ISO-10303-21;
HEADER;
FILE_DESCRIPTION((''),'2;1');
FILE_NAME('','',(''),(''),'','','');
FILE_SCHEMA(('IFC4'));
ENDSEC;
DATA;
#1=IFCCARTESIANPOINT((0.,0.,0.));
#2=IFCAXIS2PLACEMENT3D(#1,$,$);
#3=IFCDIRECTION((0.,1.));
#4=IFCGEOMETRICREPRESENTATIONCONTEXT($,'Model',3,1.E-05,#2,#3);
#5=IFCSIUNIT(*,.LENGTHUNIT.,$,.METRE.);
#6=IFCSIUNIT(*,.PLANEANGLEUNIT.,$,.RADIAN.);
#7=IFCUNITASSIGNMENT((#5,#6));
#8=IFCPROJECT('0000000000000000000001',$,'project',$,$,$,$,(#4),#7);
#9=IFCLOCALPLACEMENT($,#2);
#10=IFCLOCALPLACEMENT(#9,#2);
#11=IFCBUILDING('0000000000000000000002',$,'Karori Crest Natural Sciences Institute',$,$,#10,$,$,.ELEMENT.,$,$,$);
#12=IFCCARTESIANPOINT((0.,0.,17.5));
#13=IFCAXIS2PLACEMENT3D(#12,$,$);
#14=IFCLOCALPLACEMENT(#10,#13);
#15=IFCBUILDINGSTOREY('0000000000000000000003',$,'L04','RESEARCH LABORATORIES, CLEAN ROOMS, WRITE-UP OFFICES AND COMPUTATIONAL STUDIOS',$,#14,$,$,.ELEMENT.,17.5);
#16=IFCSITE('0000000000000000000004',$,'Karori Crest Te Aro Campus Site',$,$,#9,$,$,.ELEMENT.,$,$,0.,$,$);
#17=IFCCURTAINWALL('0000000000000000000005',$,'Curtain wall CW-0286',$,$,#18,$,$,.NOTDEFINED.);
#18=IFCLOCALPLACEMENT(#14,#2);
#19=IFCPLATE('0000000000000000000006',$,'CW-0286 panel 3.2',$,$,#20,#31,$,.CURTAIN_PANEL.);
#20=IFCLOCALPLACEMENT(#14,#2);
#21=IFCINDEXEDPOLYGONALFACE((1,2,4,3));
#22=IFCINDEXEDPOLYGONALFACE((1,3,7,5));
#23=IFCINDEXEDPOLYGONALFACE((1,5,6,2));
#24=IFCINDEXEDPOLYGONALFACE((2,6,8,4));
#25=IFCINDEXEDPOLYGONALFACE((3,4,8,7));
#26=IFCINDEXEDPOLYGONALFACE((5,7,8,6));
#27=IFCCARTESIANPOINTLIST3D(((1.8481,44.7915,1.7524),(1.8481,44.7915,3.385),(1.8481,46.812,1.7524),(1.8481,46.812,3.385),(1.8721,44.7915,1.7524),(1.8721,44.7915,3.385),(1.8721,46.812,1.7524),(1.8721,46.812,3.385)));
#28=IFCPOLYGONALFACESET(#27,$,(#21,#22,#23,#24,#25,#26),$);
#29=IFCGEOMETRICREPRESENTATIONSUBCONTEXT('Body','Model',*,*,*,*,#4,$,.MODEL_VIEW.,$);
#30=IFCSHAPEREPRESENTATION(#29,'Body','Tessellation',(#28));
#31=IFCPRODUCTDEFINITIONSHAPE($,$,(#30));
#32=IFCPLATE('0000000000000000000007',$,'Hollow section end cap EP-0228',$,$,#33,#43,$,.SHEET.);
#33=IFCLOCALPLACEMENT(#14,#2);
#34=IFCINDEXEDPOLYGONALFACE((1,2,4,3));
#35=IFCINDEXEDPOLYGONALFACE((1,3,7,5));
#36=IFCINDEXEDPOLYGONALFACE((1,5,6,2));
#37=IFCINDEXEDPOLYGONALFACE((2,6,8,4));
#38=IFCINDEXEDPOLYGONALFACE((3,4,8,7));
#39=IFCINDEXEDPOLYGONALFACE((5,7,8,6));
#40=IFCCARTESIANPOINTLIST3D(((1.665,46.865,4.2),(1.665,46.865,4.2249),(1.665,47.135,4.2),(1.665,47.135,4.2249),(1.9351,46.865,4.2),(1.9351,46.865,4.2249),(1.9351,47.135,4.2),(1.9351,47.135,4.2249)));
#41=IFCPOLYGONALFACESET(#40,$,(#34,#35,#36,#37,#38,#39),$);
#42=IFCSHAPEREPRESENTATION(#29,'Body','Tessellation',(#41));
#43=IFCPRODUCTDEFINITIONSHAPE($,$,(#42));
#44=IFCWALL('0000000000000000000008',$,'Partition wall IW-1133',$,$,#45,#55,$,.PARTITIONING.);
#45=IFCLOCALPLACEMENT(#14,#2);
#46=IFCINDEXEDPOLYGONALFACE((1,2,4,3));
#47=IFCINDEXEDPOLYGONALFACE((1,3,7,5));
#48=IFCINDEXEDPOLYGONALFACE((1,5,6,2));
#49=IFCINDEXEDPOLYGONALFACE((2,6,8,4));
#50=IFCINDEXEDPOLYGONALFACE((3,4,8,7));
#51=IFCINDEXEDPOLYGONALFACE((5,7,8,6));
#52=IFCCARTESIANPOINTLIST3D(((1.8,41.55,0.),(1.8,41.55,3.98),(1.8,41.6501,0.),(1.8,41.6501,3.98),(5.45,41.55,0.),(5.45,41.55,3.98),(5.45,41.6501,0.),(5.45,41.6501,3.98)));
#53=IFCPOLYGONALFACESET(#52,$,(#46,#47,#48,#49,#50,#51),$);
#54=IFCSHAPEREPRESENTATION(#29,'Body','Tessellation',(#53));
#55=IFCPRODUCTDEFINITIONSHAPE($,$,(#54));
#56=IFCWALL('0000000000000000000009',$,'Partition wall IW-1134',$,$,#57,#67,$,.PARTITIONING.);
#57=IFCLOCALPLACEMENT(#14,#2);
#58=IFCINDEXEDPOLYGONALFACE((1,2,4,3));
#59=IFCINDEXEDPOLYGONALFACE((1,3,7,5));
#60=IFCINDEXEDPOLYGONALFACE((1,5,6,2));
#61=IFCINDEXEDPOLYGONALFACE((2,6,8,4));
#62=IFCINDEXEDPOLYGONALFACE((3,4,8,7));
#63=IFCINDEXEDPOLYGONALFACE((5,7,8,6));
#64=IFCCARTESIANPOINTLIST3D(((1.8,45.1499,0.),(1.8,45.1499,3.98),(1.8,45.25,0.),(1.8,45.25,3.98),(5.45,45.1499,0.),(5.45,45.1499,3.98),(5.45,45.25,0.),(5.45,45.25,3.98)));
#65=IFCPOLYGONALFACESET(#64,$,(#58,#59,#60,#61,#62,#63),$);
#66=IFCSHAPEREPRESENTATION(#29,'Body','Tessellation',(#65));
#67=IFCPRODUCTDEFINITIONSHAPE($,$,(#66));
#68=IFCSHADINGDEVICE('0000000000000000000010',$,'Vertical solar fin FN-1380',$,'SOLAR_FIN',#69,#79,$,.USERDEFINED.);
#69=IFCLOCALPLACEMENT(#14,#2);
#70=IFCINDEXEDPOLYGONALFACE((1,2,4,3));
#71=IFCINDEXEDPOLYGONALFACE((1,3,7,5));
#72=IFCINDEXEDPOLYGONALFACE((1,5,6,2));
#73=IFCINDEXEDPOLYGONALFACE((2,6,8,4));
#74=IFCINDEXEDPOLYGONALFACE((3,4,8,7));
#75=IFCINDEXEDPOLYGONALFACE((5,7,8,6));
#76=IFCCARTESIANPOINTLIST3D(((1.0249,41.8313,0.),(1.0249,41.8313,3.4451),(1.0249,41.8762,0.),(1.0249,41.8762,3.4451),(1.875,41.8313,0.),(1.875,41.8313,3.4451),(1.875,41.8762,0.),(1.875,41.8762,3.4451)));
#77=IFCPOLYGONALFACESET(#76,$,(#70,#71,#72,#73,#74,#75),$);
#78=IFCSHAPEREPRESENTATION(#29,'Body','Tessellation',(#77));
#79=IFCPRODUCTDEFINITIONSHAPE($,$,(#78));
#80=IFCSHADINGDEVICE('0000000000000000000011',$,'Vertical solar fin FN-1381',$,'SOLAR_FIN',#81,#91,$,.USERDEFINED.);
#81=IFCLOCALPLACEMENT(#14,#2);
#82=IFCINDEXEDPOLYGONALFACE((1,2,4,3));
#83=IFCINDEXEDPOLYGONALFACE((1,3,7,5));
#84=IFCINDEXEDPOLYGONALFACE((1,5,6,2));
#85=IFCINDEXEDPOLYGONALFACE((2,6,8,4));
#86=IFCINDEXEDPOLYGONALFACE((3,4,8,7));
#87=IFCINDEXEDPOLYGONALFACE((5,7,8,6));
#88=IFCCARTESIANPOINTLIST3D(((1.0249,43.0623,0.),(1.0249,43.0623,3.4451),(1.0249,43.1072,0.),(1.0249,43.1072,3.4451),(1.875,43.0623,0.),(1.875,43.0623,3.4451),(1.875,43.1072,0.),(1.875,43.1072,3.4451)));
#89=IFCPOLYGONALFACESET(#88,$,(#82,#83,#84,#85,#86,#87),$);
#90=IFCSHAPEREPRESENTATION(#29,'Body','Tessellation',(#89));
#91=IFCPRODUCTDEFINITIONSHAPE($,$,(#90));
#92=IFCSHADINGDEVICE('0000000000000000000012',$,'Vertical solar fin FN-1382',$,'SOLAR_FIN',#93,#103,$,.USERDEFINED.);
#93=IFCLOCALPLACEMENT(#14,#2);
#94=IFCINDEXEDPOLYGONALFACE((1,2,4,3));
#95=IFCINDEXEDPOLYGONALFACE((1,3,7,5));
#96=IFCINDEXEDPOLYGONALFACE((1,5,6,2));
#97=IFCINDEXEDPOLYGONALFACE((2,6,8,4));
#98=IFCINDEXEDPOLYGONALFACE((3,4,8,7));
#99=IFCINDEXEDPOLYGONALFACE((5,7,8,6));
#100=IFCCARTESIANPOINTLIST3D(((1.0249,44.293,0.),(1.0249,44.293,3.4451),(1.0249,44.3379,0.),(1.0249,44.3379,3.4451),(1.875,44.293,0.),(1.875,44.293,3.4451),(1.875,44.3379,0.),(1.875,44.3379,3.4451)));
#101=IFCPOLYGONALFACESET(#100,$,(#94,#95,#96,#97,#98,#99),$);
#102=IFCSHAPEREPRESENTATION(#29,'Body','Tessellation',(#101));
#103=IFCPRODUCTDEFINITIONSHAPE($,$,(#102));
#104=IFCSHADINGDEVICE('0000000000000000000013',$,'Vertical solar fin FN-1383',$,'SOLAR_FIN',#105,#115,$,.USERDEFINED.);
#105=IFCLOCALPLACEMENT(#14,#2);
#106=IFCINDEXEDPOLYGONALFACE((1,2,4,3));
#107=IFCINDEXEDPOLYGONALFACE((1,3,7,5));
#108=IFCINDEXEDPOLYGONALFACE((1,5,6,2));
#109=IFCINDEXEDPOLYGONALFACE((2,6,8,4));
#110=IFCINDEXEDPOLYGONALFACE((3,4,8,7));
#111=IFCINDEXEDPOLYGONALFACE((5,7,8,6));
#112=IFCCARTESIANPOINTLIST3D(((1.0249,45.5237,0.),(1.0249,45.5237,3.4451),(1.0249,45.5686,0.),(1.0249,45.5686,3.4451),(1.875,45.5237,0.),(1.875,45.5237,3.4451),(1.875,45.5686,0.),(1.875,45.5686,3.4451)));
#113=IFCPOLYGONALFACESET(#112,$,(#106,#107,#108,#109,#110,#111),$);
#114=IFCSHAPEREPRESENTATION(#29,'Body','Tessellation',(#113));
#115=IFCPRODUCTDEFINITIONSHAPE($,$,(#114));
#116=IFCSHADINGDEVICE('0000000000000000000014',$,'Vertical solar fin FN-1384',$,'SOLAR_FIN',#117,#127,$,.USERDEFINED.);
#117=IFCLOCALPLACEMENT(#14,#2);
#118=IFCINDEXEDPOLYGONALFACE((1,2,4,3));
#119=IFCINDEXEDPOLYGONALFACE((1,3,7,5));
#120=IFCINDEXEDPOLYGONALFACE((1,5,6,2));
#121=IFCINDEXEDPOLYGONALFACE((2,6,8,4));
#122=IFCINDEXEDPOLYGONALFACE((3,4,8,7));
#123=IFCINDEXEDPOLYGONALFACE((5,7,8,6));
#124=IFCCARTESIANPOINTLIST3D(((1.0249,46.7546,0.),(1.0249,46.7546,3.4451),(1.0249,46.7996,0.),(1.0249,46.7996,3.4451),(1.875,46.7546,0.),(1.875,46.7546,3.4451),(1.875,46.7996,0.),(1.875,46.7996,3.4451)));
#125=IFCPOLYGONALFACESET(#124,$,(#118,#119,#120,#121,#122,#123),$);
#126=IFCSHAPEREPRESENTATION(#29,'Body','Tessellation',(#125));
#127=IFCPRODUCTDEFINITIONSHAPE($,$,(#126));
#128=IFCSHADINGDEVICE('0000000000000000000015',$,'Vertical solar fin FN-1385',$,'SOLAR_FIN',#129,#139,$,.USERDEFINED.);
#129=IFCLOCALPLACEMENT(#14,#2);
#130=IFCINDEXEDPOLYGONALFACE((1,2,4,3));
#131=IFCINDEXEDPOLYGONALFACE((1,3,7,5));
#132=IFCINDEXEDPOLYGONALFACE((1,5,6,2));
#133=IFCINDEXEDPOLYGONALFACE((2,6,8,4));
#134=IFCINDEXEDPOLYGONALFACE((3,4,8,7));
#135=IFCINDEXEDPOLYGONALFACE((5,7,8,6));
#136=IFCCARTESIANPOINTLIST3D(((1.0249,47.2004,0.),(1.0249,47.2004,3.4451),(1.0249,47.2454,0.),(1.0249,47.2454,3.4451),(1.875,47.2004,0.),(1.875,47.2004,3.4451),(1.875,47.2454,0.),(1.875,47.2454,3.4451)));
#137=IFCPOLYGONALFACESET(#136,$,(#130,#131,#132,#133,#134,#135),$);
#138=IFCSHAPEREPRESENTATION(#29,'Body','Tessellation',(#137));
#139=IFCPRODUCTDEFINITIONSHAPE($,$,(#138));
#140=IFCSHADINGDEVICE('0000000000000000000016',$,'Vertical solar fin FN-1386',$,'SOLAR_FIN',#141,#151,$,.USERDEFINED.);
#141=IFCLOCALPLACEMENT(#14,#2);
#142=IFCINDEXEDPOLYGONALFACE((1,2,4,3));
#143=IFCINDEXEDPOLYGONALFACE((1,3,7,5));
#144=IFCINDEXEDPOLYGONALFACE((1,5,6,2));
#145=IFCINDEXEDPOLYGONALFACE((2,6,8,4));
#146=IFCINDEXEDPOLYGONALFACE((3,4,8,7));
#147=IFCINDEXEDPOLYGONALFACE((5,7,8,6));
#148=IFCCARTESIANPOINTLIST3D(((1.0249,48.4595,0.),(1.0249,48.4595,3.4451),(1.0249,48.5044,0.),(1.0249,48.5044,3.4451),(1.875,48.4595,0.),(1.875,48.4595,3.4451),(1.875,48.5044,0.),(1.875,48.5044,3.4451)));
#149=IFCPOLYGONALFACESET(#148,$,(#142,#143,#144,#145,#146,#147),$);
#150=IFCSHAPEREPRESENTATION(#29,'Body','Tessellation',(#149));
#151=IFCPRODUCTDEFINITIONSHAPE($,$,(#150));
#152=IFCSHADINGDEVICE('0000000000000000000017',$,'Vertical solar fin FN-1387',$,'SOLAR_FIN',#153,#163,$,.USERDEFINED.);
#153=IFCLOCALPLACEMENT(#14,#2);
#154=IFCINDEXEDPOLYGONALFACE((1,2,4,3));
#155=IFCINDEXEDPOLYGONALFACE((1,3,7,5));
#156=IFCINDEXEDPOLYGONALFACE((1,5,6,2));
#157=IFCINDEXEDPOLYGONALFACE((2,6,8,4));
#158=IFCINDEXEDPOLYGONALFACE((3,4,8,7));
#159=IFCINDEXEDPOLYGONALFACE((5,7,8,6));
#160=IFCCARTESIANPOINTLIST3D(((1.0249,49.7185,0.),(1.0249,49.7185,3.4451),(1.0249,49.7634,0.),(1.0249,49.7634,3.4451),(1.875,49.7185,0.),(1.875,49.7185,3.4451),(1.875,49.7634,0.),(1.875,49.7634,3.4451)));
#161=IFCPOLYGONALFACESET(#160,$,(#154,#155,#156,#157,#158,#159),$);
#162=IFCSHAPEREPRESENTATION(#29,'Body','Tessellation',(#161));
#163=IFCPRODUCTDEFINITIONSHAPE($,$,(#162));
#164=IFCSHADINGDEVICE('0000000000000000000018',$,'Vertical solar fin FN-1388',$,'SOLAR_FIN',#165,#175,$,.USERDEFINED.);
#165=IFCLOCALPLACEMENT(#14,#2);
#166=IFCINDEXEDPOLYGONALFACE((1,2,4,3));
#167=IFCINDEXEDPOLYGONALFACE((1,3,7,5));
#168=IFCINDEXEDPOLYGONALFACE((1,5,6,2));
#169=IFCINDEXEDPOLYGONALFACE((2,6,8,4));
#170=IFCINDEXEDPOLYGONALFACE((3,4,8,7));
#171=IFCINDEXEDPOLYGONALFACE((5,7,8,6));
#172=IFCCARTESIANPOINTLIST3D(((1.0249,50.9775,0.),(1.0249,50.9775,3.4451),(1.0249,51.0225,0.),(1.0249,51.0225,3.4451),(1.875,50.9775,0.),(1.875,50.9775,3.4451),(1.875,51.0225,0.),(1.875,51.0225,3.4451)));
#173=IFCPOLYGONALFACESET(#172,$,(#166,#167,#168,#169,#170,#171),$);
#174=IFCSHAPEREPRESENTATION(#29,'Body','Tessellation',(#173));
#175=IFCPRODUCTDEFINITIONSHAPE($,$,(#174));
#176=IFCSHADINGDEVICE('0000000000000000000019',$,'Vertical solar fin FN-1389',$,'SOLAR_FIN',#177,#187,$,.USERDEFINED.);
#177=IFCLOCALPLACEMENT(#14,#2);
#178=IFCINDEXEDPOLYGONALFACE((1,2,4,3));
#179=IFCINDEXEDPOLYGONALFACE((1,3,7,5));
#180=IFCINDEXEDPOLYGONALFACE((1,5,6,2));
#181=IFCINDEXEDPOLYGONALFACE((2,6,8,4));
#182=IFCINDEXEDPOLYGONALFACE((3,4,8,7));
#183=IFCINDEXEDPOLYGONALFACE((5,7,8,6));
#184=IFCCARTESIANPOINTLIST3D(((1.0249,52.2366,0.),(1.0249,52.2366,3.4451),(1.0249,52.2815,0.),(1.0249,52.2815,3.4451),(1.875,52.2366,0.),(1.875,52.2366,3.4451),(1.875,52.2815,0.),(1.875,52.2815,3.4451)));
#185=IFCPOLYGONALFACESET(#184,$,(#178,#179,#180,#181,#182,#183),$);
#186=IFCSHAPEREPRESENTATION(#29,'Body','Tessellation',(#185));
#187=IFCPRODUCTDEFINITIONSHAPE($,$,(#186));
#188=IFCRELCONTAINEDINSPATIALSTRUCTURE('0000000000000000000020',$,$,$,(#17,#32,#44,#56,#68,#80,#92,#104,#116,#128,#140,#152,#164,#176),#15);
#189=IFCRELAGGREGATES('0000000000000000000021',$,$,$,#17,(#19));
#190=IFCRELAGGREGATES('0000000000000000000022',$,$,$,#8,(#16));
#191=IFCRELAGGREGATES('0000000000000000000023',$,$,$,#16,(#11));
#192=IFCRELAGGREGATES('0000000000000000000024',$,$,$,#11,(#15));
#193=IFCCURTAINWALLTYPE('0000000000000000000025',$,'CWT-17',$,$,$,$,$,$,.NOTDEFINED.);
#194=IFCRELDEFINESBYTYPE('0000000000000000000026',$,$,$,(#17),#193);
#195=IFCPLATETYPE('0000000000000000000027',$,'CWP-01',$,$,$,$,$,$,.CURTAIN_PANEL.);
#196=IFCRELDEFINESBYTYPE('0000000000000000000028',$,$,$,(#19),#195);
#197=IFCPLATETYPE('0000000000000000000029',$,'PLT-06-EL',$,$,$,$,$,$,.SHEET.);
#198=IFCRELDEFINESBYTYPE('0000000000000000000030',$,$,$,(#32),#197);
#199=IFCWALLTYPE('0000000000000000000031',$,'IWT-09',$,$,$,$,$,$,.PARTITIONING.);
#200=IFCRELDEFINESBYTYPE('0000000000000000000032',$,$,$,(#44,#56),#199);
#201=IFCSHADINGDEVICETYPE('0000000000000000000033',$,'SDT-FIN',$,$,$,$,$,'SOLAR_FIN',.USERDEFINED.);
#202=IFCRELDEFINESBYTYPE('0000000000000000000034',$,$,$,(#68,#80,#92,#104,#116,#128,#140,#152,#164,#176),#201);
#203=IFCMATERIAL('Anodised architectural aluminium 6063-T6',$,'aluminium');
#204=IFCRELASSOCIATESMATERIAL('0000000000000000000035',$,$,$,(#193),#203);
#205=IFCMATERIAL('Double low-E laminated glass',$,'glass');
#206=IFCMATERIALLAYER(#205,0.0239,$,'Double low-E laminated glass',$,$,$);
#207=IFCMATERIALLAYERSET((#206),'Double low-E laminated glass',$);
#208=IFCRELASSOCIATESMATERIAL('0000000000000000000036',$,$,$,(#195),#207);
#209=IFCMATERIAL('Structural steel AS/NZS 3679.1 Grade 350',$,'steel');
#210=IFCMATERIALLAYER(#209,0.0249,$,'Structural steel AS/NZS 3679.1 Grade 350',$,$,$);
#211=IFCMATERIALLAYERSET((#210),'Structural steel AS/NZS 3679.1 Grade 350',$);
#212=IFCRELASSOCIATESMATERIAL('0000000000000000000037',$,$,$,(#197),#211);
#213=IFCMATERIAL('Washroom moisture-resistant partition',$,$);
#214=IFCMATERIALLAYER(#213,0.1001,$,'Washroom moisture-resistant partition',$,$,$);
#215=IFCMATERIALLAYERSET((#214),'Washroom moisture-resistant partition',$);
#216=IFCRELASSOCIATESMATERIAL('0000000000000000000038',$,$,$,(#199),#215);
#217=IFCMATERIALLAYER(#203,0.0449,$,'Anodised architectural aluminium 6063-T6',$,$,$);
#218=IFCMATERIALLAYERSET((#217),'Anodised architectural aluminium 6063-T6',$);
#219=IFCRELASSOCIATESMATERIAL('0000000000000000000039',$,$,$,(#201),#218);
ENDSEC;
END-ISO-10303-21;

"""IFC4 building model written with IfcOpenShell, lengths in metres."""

from ifc_helpers import new_model, si_unit, direction, frame, frame_2d, origin, origin_2d, place, context, subcontext, project, spatial, rectangle, extrude, material, layer, layer_set, type_object, element, aggregate, save


model = new_model("IFC4")

# Units and contexts
model_context = context("Model", 3, precision=1e-05, world=origin(), true_north=direction((0.0, 1.0)))
body_context = subcontext(model_context, "Body", "Model", "MODEL_VIEW")
ifc_project = project(units=[si_unit("LENGTHUNIT", "METRE"), si_unit("PLANEANGLEUNIT", "RADIAN")], contexts=[model_context])

# Site, building, storey
site_placement = place(None, origin())
site = spatial("IfcSite", under=ifc_project, at=site_placement, Name="Karori Crest Te Aro Campus Site", CompositionType="ELEMENT", RefElevation=0.0)
building_placement = place(site_placement, origin())
building = spatial("IfcBuilding", under=site, at=building_placement, Name="Karori Crest Natural Sciences Institute", CompositionType="ELEMENT")
storey_placement = place(building_placement, frame((0.0, 0.0, 17.5)))
storey = spatial("IfcBuildingStorey", under=building, at=storey_placement, Name="L04", Description="RESEARCH LABORATORIES, CLEAN ROOMS, WRITE-UP OFFICES AND COMPUTATIONAL STUDIOS", CompositionType="ELEMENT", Elevation=17.5)

# Shared definitions
ifc_material_1 = material(Name="Structural steel AS/NZS 3679.1 Grade 350", Category="steel")

# Curtain wall
ifc_material_2 = material(Name="Anodised architectural aluminium 6063-T6", Category="aluminium")
curtain_wall_type = type_object("IfcCurtainWallType", Name="CWT-17", PredefinedType="NOTDEFINED", material=ifc_material_2)
curtain_wall_1_placement = place(storey_placement, origin())
curtain_wall_1 = element("IfcCurtainWall", 1, at=curtain_wall_1_placement, inside=storey, type_object=curtain_wall_type, Name="Curtain wall CW-0286", PredefinedType="NOTDEFINED")

# Plates
ifc_material_3 = material(Name="Double low-E laminated glass", Category="glass")
ifc_layer_1 = layer(ifc_material_3, 0.0239, Name="Double low-E laminated glass")
ifc_layer_set_1 = layer_set([ifc_layer_1], Name="Double low-E laminated glass")
plate_type_1 = type_object("IfcPlateType", Name="CWP-01", PredefinedType="CURTAIN_PANEL", material=ifc_layer_set_1)
plate_1_placement = place(storey_placement, frame((1.8601, 45.8018, 1.7524), z_axis=(0.0, 0.0, 1.0), x_axis=(0.0, 1.0, 0.0)))
plate_1 = element("IfcPlate", 2, at=plate_1_placement, type_object=plate_type_1, Name="CW-0286 panel 3.2", PredefinedType="CURTAIN_PANEL", context=body_context, shape_type="SweptSolid", body=[
    extrude(rectangle(XDim=2.0205, YDim=0.0239, at=origin_2d()), origin(), (0.0, 0.0, 1.0), 1.6326),
])
aggregate(curtain_wall_1, [plate_1])
ifc_layer_2 = layer(ifc_material_1, 0.0249, Name="Structural steel AS/NZS 3679.1 Grade 350")
ifc_layer_set_2 = layer_set([ifc_layer_2], Name="Structural steel AS/NZS 3679.1 Grade 350")
plate_type_2 = type_object("IfcPlateType", Name="PLT-06-EL", PredefinedType="SHEET", material=ifc_layer_set_2)
plate_2_placement = place(storey_placement, frame((1.8, 47.0, 4.2), z_axis=(0.0, 0.0, 1.0), x_axis=(1.0, 0.0, 0.0)))
element("IfcPlate", 3, at=plate_2_placement, inside=storey, type_object=plate_type_2, Name="Hollow section end cap EP-0228", PredefinedType="SHEET", context=body_context, shape_type="SweptSolid", body=[
    extrude(rectangle(XDim=0.27, YDim=0.27, at=origin_2d()), origin(), (0.0, 0.0, 1.0), 0.0249),
])

# Walls
ifc_material_4 = material(Name="Washroom moisture-resistant partition")
ifc_layer_3 = layer(ifc_material_4, 0.1001, Name="Washroom moisture-resistant partition")
ifc_layer_set_3 = layer_set([ifc_layer_3], Name="Washroom moisture-resistant partition")
wall_type = type_object("IfcWallType", Name="IWT-09", PredefinedType="PARTITIONING", material=ifc_layer_set_3)
for number, where, z_axis, x_axis, name in (
    (4, (1.8, 41.6001, 0.0), (0.0, 0.0, 1.0), (1.0, 0.0, 0.0), "Partition wall IW-1133"),
    (5, (1.8, 45.2, 0.0), (0.0, 0.0, 1.0), (1.0, 0.0, 0.0), "Partition wall IW-1134"),
):
    element("IfcWall", number, at=place(storey_placement, frame(where, z_axis=z_axis, x_axis=x_axis)), inside=storey, type_object=wall_type, Name=name, PredefinedType="PARTITIONING", context=body_context, shape_type="SweptSolid", body=[
        extrude(rectangle(XDim=3.6499, YDim=0.1001, at=frame_2d((1.825, 0.0))), origin(), (0.0, 0.0, 1.0), 3.98),
    ])

# Shading devices
ifc_layer_4 = layer(ifc_material_2, 0.0449, Name="Anodised architectural aluminium 6063-T6")
ifc_layer_set_4 = layer_set([ifc_layer_4], Name="Anodised architectural aluminium 6063-T6")
shading_device_type = type_object("IfcShadingDeviceType", Name="SDT-FIN", ElementType="SOLAR_FIN", PredefinedType="USERDEFINED", material=ifc_layer_set_4)
for number, where, z_axis, x_axis, name in (
    (6, (1.45, 41.8538, 0.0), (0.0, 0.0, 1.0), (-1.0, 0.0, 0.0), "Vertical solar fin FN-1380"),
    (7, (1.45, 43.0847, 0.0), (0.0, 0.0, 1.0), (-1.0, 0.0, 0.0), "Vertical solar fin FN-1381"),
    (8, (1.45, 44.3154, 0.0), (0.0, 0.0, 1.0), (-1.0, 0.0, 0.0), "Vertical solar fin FN-1382"),
    (9, (1.45, 45.5461, 0.0), (0.0, 0.0, 1.0), (-1.0, 0.0, 0.0), "Vertical solar fin FN-1383"),
    (10, (1.45, 46.7771, 0.0), (0.0, 0.0, 1.0), (-1.0, 0.0, 0.0), "Vertical solar fin FN-1384"),
    (11, (1.45, 47.2229, 0.0), (0.0, 0.0, 1.0), (-1.0, 0.0, 0.0), "Vertical solar fin FN-1385"),
    (12, (1.45, 48.4819, 0.0), (0.0, 0.0, 1.0), (-1.0, 0.0, 0.0), "Vertical solar fin FN-1386"),
    (13, (1.45, 49.741, 0.0), (0.0, 0.0, 1.0), (-1.0, 0.0, 0.0), "Vertical solar fin FN-1387"),
    (14, (1.45, 51.0, 0.0), (0.0, 0.0, 1.0), (-1.0, 0.0, 0.0), "Vertical solar fin FN-1388"),
    (15, (1.45, 52.259, 0.0), (0.0, 0.0, 1.0), (-1.0, 0.0, 0.0), "Vertical solar fin FN-1389"),
):
    element("IfcShadingDevice", number, at=place(storey_placement, frame(where, z_axis=z_axis, x_axis=x_axis)), inside=storey, type_object=shading_device_type, Name=name, ObjectType="SOLAR_FIN", PredefinedType="USERDEFINED", context=body_context, shape_type="SweptSolid", body=[
        extrude(rectangle(XDim=0.8501, YDim=0.0449, at=origin_2d()), origin(), (0.0, 0.0, 1.0), 3.4451),
    ])

save(model, "model.ifc")
